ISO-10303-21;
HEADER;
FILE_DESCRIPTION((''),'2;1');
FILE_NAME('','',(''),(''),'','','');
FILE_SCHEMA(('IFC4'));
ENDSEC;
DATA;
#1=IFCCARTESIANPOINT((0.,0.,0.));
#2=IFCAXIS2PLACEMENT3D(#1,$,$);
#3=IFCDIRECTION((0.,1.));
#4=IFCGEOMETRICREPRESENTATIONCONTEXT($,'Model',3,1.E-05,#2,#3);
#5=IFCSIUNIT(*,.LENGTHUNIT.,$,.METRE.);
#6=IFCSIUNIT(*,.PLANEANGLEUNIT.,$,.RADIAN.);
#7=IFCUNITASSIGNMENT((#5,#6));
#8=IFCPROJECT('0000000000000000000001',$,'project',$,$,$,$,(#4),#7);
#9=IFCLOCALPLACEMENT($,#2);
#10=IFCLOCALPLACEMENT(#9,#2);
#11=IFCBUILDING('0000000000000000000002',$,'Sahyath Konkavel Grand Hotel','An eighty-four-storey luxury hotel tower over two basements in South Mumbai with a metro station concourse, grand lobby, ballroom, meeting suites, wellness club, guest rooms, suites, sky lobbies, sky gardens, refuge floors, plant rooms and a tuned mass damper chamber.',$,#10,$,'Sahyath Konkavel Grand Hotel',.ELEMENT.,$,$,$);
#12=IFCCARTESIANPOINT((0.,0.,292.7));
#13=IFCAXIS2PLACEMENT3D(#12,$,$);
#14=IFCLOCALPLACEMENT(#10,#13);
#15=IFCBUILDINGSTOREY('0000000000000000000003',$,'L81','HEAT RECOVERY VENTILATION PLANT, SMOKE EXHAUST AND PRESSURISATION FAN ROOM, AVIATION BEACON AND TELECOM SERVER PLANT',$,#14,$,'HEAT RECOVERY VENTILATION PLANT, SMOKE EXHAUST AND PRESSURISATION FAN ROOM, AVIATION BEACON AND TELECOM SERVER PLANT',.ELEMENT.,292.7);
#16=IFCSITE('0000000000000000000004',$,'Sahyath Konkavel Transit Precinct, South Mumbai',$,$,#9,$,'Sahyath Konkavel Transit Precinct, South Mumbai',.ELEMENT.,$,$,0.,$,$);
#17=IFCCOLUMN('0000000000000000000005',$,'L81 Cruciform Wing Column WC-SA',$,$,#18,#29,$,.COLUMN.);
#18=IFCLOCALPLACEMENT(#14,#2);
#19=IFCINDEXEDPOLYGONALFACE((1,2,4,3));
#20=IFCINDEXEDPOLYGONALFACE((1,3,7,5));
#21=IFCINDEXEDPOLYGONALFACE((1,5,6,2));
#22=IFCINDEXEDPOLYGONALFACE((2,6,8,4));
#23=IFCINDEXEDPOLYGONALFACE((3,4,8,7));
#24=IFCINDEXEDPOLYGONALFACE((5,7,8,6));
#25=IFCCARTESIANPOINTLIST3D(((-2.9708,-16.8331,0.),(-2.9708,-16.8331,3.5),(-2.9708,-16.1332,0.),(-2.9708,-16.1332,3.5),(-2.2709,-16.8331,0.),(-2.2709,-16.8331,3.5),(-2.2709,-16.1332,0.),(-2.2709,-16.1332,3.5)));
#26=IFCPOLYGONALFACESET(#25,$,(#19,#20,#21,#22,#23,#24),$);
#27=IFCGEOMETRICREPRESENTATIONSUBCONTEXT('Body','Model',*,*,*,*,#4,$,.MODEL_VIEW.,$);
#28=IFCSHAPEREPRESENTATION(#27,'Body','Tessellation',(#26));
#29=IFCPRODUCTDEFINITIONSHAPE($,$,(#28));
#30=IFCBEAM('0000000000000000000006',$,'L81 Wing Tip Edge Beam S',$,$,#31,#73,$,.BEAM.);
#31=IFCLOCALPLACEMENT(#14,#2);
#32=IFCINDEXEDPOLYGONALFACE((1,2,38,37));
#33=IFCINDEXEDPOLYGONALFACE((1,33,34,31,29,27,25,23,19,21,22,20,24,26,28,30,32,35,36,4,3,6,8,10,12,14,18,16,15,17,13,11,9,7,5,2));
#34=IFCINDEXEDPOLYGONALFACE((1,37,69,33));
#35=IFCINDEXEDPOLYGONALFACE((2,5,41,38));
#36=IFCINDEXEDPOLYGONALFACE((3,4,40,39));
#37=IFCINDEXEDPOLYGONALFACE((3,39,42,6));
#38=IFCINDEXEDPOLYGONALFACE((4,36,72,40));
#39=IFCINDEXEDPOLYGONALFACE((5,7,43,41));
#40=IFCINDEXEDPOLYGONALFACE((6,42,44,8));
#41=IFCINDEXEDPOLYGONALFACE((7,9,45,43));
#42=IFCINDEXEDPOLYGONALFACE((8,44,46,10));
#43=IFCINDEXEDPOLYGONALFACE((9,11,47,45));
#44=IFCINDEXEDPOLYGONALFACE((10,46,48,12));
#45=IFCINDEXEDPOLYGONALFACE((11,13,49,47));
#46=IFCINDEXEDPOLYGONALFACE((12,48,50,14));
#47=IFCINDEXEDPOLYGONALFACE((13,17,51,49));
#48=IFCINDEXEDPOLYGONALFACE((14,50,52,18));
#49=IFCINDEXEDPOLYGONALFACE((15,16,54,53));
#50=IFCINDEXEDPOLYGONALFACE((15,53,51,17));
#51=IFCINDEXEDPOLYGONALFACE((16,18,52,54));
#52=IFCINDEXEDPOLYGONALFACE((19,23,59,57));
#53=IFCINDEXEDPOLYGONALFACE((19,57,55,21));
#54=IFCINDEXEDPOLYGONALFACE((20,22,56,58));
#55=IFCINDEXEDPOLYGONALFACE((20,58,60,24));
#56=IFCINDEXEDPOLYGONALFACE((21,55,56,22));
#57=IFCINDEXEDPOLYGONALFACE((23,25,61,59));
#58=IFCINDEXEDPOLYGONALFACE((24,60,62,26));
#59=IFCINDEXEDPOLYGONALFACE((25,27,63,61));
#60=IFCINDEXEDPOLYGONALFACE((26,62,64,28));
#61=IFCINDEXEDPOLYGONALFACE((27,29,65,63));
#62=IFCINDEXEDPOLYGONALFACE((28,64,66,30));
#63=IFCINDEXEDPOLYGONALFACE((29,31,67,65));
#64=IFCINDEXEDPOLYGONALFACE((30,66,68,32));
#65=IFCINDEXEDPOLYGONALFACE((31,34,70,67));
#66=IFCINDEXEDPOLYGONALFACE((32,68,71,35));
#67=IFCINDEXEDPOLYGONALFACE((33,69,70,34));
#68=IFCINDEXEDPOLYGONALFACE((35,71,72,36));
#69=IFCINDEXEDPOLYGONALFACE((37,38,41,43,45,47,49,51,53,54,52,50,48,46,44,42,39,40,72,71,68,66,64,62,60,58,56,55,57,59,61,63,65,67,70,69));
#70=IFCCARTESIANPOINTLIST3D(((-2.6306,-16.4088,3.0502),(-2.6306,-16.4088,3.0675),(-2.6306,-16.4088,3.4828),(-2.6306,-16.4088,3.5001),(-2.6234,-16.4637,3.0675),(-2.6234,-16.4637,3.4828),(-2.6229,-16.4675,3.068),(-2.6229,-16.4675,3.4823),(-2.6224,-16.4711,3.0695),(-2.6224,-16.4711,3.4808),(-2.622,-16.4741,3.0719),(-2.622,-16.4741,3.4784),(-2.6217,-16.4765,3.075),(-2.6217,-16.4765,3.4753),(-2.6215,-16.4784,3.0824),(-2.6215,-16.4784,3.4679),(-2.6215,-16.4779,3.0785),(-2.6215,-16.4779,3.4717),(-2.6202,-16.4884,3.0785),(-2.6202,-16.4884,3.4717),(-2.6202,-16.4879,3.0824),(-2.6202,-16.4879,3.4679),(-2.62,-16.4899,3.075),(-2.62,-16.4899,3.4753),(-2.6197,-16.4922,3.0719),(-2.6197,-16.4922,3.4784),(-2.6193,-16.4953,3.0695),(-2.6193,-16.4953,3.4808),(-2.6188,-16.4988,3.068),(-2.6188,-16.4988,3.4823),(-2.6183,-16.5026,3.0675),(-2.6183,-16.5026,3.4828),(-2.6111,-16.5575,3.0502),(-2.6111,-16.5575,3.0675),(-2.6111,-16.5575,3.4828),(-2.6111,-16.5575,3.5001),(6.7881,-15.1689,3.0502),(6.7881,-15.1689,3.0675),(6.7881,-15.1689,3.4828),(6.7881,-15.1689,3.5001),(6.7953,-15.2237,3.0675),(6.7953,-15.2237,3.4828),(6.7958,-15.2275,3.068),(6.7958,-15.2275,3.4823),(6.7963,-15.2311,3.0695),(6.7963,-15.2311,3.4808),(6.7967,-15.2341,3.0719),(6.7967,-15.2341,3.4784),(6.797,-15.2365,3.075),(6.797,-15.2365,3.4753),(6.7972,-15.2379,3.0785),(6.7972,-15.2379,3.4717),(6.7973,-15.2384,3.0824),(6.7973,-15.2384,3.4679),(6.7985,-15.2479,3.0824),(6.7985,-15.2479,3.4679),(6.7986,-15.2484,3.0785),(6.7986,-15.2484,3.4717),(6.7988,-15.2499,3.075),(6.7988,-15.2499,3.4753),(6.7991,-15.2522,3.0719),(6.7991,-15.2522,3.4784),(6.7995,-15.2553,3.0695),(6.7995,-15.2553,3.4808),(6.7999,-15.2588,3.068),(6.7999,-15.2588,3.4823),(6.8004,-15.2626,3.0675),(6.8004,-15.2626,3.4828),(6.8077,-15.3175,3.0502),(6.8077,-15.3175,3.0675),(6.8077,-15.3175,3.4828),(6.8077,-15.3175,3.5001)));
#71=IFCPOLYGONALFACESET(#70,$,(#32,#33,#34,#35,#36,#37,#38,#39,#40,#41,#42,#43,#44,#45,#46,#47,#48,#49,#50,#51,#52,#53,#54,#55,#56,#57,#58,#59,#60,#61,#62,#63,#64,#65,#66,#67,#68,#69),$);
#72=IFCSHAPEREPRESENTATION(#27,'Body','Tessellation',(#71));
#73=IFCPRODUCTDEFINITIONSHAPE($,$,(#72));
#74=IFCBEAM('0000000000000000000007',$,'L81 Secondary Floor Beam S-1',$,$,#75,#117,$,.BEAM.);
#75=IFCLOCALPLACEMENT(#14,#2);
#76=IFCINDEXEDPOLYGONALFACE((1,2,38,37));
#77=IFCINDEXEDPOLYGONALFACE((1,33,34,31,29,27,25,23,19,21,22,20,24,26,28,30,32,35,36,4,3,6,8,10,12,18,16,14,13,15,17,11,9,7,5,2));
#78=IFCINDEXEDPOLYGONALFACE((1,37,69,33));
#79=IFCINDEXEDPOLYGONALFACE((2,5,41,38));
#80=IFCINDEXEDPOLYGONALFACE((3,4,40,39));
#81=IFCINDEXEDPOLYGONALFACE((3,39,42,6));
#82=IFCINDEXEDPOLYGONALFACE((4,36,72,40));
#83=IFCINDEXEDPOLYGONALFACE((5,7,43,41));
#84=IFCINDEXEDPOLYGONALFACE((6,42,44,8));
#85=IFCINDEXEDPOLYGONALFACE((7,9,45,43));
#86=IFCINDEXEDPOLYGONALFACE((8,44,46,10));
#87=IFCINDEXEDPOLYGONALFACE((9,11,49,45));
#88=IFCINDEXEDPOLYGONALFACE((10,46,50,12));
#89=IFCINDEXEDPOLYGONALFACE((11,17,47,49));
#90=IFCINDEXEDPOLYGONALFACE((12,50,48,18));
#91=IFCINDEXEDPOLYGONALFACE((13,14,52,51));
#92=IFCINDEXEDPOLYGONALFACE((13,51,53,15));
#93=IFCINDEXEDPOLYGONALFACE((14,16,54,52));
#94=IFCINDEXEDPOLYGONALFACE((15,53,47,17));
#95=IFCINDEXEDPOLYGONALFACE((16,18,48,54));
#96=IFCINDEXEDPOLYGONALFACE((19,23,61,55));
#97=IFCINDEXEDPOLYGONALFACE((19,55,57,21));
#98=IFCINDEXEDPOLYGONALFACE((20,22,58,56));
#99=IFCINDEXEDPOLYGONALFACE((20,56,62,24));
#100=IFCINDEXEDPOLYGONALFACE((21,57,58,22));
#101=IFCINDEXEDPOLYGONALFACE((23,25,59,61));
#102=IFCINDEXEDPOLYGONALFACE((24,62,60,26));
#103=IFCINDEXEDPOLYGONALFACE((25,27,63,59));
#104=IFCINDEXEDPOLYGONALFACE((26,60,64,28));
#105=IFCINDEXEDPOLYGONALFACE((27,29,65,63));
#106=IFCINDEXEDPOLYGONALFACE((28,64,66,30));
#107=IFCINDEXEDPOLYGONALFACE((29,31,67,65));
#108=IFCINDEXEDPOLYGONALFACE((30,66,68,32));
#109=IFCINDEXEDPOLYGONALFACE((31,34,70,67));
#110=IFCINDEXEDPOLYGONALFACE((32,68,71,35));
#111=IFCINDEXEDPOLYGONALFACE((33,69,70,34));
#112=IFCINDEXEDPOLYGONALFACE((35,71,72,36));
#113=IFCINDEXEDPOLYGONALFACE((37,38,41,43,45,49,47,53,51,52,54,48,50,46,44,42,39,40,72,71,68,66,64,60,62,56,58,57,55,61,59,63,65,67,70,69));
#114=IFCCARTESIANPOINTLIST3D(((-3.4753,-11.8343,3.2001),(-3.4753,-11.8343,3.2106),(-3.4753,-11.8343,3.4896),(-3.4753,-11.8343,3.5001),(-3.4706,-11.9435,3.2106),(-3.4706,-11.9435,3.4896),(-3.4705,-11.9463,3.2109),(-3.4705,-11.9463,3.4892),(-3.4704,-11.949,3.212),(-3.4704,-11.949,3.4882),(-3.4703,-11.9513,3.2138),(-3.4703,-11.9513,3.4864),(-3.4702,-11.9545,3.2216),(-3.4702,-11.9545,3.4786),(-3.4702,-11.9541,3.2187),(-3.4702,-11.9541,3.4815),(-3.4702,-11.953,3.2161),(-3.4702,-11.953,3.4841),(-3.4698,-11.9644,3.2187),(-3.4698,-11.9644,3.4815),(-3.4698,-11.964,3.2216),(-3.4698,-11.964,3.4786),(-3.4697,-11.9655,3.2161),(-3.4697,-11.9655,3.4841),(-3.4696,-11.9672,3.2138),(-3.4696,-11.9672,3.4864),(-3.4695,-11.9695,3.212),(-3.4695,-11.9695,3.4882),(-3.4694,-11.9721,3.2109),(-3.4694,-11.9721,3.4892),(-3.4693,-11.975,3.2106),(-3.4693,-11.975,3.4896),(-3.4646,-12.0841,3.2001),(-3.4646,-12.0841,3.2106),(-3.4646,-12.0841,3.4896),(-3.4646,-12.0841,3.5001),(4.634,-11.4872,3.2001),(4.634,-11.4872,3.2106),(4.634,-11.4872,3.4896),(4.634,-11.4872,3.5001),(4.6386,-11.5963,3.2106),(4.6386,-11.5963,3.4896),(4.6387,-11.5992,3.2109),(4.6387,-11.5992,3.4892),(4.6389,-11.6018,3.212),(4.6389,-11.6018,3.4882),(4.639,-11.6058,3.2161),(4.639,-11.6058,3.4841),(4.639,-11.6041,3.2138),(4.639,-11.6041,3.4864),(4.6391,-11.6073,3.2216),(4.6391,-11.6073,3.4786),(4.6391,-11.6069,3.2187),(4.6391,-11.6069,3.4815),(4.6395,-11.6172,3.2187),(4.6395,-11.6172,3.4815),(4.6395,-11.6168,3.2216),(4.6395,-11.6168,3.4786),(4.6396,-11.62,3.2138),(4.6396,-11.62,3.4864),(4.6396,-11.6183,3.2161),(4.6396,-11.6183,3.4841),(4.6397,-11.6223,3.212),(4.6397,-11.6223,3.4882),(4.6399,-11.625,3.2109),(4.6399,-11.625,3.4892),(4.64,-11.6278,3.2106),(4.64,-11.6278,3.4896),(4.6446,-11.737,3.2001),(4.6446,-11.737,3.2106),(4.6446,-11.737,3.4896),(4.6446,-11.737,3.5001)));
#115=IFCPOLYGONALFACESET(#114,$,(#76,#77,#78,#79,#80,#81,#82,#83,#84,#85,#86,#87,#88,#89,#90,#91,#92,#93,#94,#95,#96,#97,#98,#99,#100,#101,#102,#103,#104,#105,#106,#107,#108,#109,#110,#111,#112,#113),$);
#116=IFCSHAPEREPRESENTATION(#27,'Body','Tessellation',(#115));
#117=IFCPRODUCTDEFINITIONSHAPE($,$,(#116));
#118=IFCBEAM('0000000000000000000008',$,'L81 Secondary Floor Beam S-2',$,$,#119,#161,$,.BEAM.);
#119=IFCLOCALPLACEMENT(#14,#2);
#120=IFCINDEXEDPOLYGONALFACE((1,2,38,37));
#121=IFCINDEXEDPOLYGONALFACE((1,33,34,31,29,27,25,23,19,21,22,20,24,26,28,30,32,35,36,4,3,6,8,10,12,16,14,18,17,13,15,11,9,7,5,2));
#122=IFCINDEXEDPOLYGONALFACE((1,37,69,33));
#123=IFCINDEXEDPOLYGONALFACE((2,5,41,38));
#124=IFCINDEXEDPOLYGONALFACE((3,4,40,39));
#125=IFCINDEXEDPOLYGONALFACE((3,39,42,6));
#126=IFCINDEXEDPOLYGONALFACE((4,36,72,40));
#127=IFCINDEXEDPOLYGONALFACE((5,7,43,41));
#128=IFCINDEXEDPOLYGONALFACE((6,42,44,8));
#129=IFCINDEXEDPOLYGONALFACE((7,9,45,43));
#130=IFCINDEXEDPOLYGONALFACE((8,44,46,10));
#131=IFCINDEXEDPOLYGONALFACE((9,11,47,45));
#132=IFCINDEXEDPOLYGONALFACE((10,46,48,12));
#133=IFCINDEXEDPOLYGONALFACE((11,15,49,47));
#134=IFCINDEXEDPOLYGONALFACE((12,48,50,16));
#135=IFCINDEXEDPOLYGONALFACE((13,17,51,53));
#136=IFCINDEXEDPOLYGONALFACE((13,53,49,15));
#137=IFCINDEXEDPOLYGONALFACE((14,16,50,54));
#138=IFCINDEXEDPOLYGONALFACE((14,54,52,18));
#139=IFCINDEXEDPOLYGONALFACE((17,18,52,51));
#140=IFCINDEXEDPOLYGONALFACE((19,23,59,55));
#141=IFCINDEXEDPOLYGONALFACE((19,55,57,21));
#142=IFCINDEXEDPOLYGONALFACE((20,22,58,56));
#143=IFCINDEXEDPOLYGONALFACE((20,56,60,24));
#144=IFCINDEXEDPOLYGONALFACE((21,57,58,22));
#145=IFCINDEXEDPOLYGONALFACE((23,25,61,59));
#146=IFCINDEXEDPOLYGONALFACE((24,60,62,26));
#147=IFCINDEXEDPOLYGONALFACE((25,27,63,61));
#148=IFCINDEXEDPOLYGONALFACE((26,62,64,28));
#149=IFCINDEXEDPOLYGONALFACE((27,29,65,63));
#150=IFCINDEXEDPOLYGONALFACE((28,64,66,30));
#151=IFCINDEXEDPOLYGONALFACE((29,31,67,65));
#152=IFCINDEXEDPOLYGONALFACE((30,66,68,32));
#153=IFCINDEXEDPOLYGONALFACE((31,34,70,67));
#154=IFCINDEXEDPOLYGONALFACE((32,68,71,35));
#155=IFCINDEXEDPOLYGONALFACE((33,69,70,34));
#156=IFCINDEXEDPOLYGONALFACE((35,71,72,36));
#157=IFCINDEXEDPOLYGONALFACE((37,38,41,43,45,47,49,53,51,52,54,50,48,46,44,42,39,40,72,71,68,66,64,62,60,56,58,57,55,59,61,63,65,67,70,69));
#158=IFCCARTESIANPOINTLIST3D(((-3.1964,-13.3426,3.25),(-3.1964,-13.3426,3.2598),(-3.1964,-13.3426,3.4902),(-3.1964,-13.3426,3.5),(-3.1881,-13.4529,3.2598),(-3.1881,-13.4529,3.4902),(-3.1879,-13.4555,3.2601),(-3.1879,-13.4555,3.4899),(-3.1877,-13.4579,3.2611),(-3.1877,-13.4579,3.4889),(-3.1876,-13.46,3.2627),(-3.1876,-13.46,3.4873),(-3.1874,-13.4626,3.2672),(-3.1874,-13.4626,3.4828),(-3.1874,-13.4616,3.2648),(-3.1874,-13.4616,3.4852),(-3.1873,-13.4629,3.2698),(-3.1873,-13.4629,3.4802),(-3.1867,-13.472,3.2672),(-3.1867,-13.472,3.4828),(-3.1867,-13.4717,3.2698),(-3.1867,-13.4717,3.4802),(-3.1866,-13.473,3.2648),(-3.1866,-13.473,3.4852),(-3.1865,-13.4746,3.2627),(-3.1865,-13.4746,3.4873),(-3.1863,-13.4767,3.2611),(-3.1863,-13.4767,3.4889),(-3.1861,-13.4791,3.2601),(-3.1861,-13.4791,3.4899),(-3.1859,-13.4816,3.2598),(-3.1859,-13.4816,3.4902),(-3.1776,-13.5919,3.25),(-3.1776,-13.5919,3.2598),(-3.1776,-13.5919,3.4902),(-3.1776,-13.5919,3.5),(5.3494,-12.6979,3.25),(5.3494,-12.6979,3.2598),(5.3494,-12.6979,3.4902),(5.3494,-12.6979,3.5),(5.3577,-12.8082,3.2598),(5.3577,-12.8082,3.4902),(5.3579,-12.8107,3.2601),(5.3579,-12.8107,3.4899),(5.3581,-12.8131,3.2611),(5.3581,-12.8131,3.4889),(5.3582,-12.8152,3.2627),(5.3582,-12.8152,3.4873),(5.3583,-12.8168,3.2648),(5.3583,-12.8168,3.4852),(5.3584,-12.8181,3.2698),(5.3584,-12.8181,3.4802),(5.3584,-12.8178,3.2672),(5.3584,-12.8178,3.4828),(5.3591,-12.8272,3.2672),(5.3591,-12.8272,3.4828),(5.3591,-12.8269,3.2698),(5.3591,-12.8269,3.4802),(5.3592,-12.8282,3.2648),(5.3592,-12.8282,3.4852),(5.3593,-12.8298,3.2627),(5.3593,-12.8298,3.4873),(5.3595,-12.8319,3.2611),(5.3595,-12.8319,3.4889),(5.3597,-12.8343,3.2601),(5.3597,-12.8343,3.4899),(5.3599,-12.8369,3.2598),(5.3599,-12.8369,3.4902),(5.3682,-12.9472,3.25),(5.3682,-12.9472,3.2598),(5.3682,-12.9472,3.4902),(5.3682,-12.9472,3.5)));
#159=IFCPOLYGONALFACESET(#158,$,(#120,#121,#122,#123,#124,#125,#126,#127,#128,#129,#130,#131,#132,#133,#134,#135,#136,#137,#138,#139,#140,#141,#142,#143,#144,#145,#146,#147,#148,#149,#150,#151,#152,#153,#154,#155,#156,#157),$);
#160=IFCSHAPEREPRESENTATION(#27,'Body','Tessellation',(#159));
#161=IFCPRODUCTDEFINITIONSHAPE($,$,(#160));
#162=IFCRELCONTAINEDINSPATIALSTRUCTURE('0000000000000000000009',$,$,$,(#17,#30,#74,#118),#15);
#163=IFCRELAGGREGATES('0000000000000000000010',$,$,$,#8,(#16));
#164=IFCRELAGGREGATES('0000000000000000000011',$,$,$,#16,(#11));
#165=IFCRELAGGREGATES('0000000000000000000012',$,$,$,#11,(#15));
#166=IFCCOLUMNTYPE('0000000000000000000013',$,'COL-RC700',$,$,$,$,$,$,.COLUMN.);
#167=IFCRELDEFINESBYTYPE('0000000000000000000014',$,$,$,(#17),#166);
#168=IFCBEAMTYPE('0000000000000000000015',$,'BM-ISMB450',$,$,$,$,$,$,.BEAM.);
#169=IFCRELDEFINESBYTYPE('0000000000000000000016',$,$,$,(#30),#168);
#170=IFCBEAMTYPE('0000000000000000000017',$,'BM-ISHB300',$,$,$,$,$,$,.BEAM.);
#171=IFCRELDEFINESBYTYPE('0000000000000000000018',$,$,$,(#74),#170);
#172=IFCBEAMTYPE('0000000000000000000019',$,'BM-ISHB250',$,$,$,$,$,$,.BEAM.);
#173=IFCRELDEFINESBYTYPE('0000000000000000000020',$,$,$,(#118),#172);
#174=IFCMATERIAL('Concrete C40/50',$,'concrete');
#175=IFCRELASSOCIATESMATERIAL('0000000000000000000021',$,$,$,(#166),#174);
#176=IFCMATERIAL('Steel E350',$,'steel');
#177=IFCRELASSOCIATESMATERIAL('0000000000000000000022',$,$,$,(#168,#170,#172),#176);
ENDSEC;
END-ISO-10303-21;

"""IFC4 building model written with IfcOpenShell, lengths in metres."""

from ifc_helpers import new_model, si_unit, direction, frame, origin, origin_2d, place, context, subcontext, project, spatial, rectangle, i_section, extrude, source, transform, mapped, material, material_profile, profile_set, type_object, element, save


model = new_model("IFC4")

# Units and contexts
model_context = context("Model", 3, precision=1e-05, world=origin(), true_north=direction((0.0, 1.0)))
body_context = subcontext(model_context, "Body", "Model", "MODEL_VIEW")
ifc_project = project(units=[si_unit("LENGTHUNIT", "METRE"), si_unit("PLANEANGLEUNIT", "RADIAN")], contexts=[model_context])

# Site, building, storey
site_placement = place(None, origin())
site = spatial("IfcSite", under=ifc_project, at=site_placement, Name="Sahyath Konkavel Transit Precinct, South Mumbai", LongName="Sahyath Konkavel Transit Precinct, South Mumbai", CompositionType="ELEMENT", RefElevation=0.0)
building_placement = place(site_placement, origin())
building = spatial("IfcBuilding", under=site, at=building_placement, Name="Sahyath Konkavel Grand Hotel", Description="An eighty-four-storey luxury hotel tower over two basements in South Mumbai with a metro station concourse, grand lobby, ballroom, meeting suites, wellness club, guest rooms, suites, sky lobbies, sky gardens, refuge floors, plant rooms and a tuned mass damper chamber.", LongName="Sahyath Konkavel Grand Hotel", CompositionType="ELEMENT")
storey_placement = place(building_placement, frame((0.0, 0.0, 292.7)))
storey = spatial("IfcBuildingStorey", under=building, at=storey_placement, Name="L81", Description="HEAT RECOVERY VENTILATION PLANT, SMOKE EXHAUST AND PRESSURISATION FAN ROOM, AVIATION BEACON AND TELECOM SERVER PLANT", LongName="HEAT RECOVERY VENTILATION PLANT, SMOKE EXHAUST AND PRESSURISATION FAN ROOM, AVIATION BEACON AND TELECOM SERVER PLANT", CompositionType="ELEMENT", Elevation=292.7)

# Column
ifc_material_1 = material(Name="Concrete C40/50", Category="concrete")
ifc_material_profile_1 = material_profile(ifc_material_1, rectangle(XDim=0.7, YDim=0.7, at=origin_2d()), Name="RC 700x700")
ifc_profile_set_1 = profile_set([ifc_material_profile_1], Name="Concrete C40/50")
column_type = type_object("IfcColumnType", Name="COL-RC700", PredefinedType="COLUMN", material=ifc_profile_set_1)
shared_shape_1 = source(origin(), body_context, "Body", "SweptSolid", [
    extrude(rectangle(XDim=0.7, YDim=0.7, at=origin_2d()), origin(), (0.0, 0.0, 1.0), 3.5),
])
column_placement = place(storey_placement, frame((-2.6208, -16.4832, 0.0), z_axis=(0.0, 0.0, 1.0), x_axis=(1.0, 0.0, 0.0)))
element("IfcColumn", 1, at=column_placement, inside=storey, type_object=column_type, Name="L81 Cruciform Wing Column WC-SA", PredefinedType="COLUMN", context=body_context, shape_type="MappedRepresentation", body=[
    mapped(shared_shape_1, transform((0.0, 0.0, 0.0), scale=1.0)),
])

# Beams
ifc_material_2 = material(Name="Steel E350", Category="steel")
ifc_material_profile_2 = material_profile(ifc_material_2, i_section(OverallWidth=0.1499, OverallDepth=0.45, WebThickness=0.0095, FlangeThickness=0.0173, FilletRadius=0.0149, at=origin_2d()), Name="ISMB 450")
ifc_profile_set_2 = profile_set([ifc_material_profile_2], Name="Steel E350")
beam_type_1 = type_object("IfcBeamType", Name="BM-ISMB450", PredefinedType="BEAM", material=ifc_profile_set_2)
shared_shape_2 = source(origin(), body_context, "Body", "SweptSolid", [
    extrude(i_section(OverallWidth=0.1499, OverallDepth=0.45, WebThickness=0.0095, FlangeThickness=0.0173, FilletRadius=0.0149, at=origin_2d()), origin(), (0.0, 0.0, 1.0), 9.5),
])
beam_1_placement = place(storey_placement, frame((-2.6208, -16.4832, 3.2751), z_axis=(0.991445, 0.130526, 0.0), x_axis=(-0.130526, 0.991445, 0.0)))
element("IfcBeam", 2, at=beam_1_placement, inside=storey, type_object=beam_type_1, Name="L81 Wing Tip Edge Beam S", PredefinedType="BEAM", context=body_context, shape_type="MappedRepresentation", body=[
    mapped(shared_shape_2, transform((0.0, 0.0, 0.0), scale=1.0)),
])
ifc_material_profile_3 = material_profile(ifc_material_2, i_section(OverallWidth=0.25, OverallDepth=0.3, WebThickness=0.0095, FlangeThickness=0.0105, FilletRadius=0.011, at=origin_2d()), Name="ISHB 300")
ifc_profile_set_3 = profile_set([ifc_material_profile_3], Name="Steel E350")
beam_type_2 = type_object("IfcBeamType", Name="BM-ISHB300", PredefinedType="BEAM", material=ifc_profile_set_3)
shared_shape_3 = source(origin(), body_context, "Body", "SweptSolid", [
    extrude(i_section(OverallWidth=0.25, OverallDepth=0.3, WebThickness=0.0095, FlangeThickness=0.0105, FilletRadius=0.011, at=origin_2d()), origin(), (0.0, 0.0, 1.0), 8.1167),
])
beam_2_placement = place(storey_placement, frame((-3.47, -11.9592, 3.3501), z_axis=(0.999085, 0.042772, 0.0), x_axis=(-0.042772, 0.999085, 0.0)))
element("IfcBeam", 3, at=beam_2_placement, inside=storey, type_object=beam_type_2, Name="L81 Secondary Floor Beam S-1", PredefinedType="BEAM", context=body_context, shape_type="MappedRepresentation", body=[
    mapped(shared_shape_3, transform((0.0, 0.0, 0.0), scale=1.0)),
])
ifc_material_profile_4 = material_profile(ifc_material_2, i_section(OverallWidth=0.25, OverallDepth=0.25, WebThickness=0.0088, FlangeThickness=0.0098, FilletRadius=0.01, at=origin_2d()), Name="ISHB 250")
ifc_profile_set_4 = profile_set([ifc_material_profile_4], Name="Steel E350")
beam_type_3 = type_object("IfcBeamType", Name="BM-ISHB250", PredefinedType="BEAM", material=ifc_profile_set_4)
shared_shape_4 = source(origin(), body_context, "Body", "SweptSolid", [
    extrude(i_section(OverallWidth=0.25, OverallDepth=0.25, WebThickness=0.0088, FlangeThickness=0.0098, FilletRadius=0.01, at=origin_2d()), origin(), (0.0, 0.0, 1.0), 8.5701),
])
beam_3_placement = place(storey_placement, frame((-3.187, -13.4673, 3.375), z_axis=(0.997166, 0.075235, 0.0), x_axis=(-0.075235, 0.997166, 0.0)))
element("IfcBeam", 4, at=beam_3_placement, inside=storey, type_object=beam_type_3, Name="L81 Secondary Floor Beam S-2", PredefinedType="BEAM", context=body_context, shape_type="MappedRepresentation", body=[
    mapped(shared_shape_4, transform((0.0, 0.0, 0.0), scale=1.0)),
])

save(model, "model.ifc")
